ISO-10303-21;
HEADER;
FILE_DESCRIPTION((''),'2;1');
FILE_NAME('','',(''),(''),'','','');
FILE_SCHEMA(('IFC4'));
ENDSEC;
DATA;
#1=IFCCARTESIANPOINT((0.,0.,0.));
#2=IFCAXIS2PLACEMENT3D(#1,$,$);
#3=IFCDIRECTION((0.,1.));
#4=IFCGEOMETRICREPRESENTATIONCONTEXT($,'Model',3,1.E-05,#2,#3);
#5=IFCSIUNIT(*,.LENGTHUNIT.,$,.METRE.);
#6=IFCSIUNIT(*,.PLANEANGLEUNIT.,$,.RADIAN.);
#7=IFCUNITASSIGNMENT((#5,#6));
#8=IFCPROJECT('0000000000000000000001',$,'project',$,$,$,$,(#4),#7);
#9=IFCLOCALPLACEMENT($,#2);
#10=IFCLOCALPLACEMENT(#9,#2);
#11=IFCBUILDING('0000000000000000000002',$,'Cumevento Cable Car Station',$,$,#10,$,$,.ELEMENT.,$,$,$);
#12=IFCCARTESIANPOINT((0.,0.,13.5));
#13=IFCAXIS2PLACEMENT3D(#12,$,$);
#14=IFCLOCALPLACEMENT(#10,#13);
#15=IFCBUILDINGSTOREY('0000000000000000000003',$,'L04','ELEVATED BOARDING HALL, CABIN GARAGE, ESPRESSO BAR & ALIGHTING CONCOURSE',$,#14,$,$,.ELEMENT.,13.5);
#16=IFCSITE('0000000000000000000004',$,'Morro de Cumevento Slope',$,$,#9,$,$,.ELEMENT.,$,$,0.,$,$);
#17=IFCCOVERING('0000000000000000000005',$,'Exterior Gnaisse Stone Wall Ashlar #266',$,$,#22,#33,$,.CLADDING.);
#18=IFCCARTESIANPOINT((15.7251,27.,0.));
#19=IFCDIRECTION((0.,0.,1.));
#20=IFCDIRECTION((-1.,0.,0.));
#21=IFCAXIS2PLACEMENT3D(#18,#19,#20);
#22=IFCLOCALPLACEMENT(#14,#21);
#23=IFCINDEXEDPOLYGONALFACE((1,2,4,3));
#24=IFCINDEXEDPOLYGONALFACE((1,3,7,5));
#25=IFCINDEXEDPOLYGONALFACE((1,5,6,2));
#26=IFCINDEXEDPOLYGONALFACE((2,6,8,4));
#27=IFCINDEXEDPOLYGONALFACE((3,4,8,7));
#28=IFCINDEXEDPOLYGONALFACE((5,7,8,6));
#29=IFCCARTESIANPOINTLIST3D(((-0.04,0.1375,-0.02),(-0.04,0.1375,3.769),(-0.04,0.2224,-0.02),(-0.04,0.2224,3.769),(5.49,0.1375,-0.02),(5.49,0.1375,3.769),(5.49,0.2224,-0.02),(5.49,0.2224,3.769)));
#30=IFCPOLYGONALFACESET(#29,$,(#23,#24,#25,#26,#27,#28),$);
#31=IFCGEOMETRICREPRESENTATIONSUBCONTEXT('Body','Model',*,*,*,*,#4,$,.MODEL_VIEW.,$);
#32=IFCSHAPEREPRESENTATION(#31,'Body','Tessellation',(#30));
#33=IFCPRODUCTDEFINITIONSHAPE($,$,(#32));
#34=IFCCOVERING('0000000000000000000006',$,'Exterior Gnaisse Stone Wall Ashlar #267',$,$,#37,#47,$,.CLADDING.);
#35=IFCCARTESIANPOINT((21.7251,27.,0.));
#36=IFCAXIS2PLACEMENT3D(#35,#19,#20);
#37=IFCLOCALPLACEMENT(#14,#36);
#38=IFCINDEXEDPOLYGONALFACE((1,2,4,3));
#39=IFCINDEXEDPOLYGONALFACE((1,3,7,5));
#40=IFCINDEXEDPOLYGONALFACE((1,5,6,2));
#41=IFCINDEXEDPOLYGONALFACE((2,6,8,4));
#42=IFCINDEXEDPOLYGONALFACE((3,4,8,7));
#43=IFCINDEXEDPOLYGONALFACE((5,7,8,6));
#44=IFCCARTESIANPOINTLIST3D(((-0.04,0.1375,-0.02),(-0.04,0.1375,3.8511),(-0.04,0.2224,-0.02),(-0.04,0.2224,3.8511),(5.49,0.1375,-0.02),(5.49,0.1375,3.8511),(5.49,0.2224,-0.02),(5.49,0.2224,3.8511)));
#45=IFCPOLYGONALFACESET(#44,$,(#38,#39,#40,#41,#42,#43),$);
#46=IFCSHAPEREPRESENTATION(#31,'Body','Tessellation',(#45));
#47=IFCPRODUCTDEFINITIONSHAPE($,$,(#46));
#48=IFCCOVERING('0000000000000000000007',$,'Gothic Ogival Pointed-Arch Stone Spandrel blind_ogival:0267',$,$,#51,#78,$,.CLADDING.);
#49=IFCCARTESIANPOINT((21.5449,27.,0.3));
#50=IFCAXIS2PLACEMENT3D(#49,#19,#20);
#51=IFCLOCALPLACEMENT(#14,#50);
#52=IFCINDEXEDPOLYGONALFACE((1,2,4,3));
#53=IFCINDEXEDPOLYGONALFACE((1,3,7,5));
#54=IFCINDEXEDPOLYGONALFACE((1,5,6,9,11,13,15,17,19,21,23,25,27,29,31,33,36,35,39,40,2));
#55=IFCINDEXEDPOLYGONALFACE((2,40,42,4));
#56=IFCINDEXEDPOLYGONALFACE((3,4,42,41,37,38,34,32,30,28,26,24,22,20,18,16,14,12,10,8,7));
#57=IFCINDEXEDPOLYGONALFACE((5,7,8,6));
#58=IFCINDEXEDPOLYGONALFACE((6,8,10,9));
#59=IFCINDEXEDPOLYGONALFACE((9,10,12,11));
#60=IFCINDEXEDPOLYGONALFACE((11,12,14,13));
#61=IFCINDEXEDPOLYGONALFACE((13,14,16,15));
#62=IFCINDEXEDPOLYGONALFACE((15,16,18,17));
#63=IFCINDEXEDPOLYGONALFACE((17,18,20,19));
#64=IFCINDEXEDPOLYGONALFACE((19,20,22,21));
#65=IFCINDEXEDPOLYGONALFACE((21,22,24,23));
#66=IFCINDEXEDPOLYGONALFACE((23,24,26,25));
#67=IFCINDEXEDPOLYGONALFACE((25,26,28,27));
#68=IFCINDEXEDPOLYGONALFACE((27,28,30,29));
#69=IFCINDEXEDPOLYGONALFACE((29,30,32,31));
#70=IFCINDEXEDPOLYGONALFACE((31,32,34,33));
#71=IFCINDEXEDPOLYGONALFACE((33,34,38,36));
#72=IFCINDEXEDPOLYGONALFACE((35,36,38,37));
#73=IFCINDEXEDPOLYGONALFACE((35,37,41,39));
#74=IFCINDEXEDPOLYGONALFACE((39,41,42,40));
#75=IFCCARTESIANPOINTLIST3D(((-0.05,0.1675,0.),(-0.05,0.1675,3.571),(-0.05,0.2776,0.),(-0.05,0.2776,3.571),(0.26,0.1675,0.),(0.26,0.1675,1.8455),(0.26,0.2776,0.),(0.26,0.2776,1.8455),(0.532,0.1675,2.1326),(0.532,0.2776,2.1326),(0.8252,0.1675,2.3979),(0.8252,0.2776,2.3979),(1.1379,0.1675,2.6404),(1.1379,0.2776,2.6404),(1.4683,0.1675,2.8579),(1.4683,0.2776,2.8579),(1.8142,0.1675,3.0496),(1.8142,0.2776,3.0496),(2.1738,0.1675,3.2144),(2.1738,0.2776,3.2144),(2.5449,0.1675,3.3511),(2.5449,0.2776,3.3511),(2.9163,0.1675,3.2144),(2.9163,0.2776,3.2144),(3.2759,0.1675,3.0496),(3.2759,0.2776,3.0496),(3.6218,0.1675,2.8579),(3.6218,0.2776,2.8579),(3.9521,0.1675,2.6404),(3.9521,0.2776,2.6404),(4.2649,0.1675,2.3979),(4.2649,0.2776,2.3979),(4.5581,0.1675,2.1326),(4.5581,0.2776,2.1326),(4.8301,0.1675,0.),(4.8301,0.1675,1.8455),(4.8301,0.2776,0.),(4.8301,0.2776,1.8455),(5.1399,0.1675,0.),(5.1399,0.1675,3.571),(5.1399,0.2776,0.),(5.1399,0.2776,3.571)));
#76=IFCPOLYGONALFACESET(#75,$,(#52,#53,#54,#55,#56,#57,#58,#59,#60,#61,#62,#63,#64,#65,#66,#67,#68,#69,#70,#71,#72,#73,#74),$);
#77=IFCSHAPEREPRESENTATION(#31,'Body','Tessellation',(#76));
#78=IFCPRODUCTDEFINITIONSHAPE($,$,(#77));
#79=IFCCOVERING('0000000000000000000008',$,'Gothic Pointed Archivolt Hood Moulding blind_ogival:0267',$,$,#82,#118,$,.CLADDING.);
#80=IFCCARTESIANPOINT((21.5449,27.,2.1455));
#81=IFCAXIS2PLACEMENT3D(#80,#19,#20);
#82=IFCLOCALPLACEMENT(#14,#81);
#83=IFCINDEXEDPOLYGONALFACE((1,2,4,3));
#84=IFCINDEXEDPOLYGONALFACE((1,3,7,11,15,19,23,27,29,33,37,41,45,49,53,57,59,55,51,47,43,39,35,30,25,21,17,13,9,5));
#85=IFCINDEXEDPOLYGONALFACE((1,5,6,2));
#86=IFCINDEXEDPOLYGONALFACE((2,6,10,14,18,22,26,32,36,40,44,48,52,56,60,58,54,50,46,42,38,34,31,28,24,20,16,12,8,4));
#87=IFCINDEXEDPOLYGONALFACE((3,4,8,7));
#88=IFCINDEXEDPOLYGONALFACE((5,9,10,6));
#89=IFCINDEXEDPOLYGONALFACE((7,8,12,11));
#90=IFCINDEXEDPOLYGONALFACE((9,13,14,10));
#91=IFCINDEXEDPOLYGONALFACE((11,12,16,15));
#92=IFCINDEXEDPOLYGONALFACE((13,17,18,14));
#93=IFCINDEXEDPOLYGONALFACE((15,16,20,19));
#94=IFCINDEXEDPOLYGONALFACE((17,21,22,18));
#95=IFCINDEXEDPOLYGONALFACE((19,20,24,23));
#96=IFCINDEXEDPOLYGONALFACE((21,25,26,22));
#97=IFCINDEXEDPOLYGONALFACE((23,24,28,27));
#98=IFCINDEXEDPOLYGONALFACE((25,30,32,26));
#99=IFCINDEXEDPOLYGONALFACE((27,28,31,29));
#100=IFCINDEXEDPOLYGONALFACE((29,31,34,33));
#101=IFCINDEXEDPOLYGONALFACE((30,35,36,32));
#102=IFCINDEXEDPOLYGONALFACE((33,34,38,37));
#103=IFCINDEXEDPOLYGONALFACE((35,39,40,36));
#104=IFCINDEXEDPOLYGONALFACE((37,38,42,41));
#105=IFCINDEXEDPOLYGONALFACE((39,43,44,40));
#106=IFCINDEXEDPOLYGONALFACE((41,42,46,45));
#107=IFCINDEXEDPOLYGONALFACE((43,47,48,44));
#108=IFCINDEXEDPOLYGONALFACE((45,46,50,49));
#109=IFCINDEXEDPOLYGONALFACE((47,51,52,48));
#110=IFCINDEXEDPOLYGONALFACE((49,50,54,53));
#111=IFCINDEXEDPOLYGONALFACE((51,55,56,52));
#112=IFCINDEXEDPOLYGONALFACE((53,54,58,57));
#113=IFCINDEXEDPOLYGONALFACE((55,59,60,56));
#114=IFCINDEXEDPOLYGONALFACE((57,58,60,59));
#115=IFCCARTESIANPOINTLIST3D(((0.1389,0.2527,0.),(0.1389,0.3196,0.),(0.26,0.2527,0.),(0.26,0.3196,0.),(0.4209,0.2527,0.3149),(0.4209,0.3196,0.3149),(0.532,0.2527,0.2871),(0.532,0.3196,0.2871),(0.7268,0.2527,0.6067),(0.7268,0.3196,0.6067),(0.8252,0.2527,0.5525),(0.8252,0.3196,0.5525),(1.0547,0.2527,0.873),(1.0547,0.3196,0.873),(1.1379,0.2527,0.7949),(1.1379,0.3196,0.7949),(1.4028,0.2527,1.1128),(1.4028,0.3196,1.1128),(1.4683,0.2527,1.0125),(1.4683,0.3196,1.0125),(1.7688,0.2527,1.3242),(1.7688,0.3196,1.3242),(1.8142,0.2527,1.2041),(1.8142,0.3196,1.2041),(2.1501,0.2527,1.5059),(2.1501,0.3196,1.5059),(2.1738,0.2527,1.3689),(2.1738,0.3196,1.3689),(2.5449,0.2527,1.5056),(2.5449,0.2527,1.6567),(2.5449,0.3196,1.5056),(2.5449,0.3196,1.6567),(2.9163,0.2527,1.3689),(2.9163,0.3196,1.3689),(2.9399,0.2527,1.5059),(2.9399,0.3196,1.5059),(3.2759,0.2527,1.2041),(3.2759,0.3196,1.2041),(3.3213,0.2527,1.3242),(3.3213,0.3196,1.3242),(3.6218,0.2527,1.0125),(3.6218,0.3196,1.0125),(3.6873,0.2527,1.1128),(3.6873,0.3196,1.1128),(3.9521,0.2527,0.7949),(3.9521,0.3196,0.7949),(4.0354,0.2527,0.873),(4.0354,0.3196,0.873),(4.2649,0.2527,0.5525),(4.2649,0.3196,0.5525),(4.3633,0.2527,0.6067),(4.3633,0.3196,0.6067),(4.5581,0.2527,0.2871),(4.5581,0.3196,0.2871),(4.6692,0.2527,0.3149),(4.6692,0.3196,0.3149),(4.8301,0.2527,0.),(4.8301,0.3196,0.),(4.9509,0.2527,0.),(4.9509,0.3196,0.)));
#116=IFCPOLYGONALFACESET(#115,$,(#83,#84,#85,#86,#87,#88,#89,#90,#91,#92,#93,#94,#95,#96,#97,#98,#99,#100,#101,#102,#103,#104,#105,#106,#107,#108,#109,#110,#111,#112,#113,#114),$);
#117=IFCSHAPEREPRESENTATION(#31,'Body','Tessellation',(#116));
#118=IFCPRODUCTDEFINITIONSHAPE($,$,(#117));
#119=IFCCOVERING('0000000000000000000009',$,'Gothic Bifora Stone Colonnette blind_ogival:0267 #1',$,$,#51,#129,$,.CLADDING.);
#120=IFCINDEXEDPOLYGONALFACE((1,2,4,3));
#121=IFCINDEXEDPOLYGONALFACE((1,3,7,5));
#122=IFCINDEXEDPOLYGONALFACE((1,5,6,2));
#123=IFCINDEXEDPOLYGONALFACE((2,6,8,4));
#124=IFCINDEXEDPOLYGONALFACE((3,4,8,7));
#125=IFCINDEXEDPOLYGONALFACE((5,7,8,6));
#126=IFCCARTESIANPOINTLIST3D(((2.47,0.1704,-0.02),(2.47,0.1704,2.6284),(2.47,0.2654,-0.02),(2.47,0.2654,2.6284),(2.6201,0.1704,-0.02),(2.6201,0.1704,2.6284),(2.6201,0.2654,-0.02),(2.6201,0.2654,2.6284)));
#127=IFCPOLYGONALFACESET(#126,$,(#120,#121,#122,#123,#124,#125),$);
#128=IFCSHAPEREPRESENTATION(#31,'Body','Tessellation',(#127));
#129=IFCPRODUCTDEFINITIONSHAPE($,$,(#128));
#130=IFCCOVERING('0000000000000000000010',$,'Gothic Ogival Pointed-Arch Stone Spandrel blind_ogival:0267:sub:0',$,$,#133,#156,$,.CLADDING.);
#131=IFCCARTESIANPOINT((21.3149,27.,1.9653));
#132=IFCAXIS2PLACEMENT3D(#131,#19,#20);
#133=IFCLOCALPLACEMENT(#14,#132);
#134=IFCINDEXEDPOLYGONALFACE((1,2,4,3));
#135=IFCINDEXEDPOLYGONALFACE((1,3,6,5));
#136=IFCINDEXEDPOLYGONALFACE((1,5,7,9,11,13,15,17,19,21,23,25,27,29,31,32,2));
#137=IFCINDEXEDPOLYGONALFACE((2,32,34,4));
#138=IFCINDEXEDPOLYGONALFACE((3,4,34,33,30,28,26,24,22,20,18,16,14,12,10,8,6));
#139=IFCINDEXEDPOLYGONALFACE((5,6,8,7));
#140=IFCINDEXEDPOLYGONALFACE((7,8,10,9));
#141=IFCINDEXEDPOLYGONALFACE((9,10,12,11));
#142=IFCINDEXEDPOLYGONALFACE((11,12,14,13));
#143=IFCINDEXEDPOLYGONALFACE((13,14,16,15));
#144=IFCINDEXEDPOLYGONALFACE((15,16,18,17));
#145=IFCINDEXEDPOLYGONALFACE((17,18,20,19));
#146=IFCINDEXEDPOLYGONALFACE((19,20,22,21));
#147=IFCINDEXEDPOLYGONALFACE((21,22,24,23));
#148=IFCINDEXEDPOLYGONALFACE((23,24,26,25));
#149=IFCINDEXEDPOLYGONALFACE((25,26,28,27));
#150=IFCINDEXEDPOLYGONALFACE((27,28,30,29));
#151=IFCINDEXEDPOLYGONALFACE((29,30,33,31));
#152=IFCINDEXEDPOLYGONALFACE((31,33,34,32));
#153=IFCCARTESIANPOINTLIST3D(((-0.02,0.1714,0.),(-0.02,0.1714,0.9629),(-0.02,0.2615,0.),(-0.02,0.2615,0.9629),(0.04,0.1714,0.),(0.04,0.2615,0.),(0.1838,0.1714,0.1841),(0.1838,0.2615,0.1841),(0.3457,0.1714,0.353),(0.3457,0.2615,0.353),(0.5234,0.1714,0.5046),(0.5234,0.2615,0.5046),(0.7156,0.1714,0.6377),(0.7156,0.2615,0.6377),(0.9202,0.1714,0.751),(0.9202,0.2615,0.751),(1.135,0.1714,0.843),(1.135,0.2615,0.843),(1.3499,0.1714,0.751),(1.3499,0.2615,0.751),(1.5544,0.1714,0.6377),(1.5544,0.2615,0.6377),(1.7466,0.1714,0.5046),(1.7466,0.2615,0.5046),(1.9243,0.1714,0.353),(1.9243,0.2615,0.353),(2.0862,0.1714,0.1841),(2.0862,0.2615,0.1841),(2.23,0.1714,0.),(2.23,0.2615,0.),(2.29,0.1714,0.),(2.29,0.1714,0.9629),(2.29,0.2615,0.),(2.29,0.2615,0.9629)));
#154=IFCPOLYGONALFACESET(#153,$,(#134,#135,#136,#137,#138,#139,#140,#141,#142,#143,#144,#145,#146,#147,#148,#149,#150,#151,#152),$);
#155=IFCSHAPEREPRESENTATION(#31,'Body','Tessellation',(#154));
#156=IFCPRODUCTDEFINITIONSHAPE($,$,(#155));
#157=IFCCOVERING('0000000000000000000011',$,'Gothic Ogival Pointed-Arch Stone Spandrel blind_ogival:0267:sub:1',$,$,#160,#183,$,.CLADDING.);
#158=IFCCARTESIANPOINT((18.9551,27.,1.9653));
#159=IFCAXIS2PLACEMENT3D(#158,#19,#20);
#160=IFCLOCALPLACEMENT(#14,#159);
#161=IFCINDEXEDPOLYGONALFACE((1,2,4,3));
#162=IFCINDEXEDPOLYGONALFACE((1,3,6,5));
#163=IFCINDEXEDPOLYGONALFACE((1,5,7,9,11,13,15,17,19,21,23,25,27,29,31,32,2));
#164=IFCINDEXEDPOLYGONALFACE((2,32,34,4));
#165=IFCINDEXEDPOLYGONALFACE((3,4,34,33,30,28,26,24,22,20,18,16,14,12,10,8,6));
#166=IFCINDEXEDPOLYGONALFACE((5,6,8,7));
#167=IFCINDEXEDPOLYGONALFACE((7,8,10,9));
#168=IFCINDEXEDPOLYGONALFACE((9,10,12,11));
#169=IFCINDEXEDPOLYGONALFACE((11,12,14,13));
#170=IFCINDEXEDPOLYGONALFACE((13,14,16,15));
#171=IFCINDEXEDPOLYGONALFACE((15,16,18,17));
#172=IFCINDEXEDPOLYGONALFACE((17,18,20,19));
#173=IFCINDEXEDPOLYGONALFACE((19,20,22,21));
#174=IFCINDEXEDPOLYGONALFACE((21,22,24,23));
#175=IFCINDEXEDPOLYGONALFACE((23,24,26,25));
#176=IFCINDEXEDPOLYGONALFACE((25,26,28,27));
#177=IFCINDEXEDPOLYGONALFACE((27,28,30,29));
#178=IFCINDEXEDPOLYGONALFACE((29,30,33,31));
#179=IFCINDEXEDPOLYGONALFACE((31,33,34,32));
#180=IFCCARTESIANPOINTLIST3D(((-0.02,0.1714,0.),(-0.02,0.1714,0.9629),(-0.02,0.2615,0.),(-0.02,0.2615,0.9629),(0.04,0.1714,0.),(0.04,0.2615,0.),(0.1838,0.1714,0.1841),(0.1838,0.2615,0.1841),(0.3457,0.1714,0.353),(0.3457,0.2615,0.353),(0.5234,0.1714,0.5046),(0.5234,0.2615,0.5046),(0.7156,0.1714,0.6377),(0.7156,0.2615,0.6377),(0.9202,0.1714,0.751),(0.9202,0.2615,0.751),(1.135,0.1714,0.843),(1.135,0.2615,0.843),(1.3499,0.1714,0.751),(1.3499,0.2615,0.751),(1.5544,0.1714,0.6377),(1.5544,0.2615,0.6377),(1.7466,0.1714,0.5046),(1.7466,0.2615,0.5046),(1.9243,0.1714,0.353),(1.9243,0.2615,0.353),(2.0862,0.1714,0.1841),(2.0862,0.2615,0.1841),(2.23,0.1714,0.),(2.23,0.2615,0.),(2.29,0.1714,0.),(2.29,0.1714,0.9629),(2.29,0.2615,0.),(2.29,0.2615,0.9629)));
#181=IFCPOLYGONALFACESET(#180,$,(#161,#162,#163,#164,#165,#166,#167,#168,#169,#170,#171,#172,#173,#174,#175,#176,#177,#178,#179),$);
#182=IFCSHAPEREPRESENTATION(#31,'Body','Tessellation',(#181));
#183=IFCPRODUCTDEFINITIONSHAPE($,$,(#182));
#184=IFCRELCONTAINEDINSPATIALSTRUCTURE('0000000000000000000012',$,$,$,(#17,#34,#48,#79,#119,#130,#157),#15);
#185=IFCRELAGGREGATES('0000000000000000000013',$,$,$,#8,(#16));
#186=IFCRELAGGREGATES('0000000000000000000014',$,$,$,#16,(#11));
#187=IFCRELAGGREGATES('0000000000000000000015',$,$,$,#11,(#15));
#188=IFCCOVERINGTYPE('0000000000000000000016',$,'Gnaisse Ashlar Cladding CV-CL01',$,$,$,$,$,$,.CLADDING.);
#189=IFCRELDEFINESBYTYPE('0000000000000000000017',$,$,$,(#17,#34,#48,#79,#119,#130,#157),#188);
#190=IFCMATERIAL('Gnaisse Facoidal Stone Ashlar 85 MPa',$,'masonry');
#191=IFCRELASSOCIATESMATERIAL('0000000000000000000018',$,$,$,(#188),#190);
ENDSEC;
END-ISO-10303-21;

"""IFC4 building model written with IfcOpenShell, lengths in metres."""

from ifc_helpers import new_model, si_unit, direction, frame, origin, place, context, subcontext, project, spatial, polyline, outline, extrude, material, type_object, element, save


model = new_model("IFC4")

# Units and contexts
model_context = context("Model", 3, precision=1e-05, world=origin(), true_north=direction((0.0, 1.0)))
body_context = subcontext(model_context, "Body", "Model", "MODEL_VIEW")
ifc_project = project(units=[si_unit("LENGTHUNIT", "METRE"), si_unit("PLANEANGLEUNIT", "RADIAN")], contexts=[model_context])

# Site, building, storey
site_placement = place(None, origin())
site = spatial("IfcSite", under=ifc_project, at=site_placement, Name="Morro de Cumevento Slope", CompositionType="ELEMENT", RefElevation=0.0)
building_placement = place(site_placement, origin())
building = spatial("IfcBuilding", under=site, at=building_placement, Name="Cumevento Cable Car Station", CompositionType="ELEMENT")
storey_placement = place(building_placement, frame((0.0, 0.0, 13.5)))
storey = spatial("IfcBuildingStorey", under=building, at=storey_placement, Name="L04", Description="ELEVATED BOARDING HALL, CABIN GARAGE, ESPRESSO BAR & ALIGHTING CONCOURSE", CompositionType="ELEMENT", Elevation=13.5)

# Coverings
ifc_material_1 = material(Name="Gnaisse Facoidal Stone Ashlar 85 MPa", Category="masonry")
covering_type = type_object("IfcCoveringType", Name="Gnaisse Ashlar Cladding CV-CL01", PredefinedType="CLADDING", material=ifc_material_1)
covering_1_placement = place(storey_placement, frame((15.7251, 27.0, 0.0), z_axis=(0.0, 0.0, 1.0), x_axis=(-1.0, 0.0, 0.0)))
element("IfcCovering", 1, at=covering_1_placement, inside=storey, type_object=covering_type, Name="Exterior Gnaisse Stone Wall Ashlar #266", PredefinedType="CLADDING", context=body_context, shape_type="SweptSolid", body=[
    extrude(outline(polyline([(-0.04, -0.02), (5.49, -0.02), (5.49, 3.769), (-0.04, 3.769), (-0.04, -0.02)])), frame((0.0, 0.2224, 0.0), z_axis=(0.0, -1.0, 0.0), x_axis=(1.0, 0.0, 0.0)), (0.0, 0.0, 1.0), 0.085),
])
covering_2_placement = place(storey_placement, frame((21.7251, 27.0, 0.0), z_axis=(0.0, 0.0, 1.0), x_axis=(-1.0, 0.0, 0.0)))
element("IfcCovering", 2, at=covering_2_placement, inside=storey, type_object=covering_type, Name="Exterior Gnaisse Stone Wall Ashlar #267", PredefinedType="CLADDING", context=body_context, shape_type="SweptSolid", body=[
    extrude(outline(polyline([(-0.04, -0.02), (5.49, -0.02), (5.49, 3.8511), (-0.04, 3.8511), (-0.04, -0.02)])), frame((0.0, 0.2224, 0.0), z_axis=(0.0, -1.0, 0.0), x_axis=(1.0, 0.0, 0.0)), (0.0, 0.0, 1.0), 0.085),
])
placement_1 = place(storey_placement, frame((21.5449, 27.0, 0.3), z_axis=(0.0, 0.0, 1.0), x_axis=(-1.0, 0.0, 0.0)))
element("IfcCovering", 3, at=placement_1, inside=storey, type_object=covering_type, Name="Gothic Ogival Pointed-Arch Stone Spandrel blind_ogival:0267", PredefinedType="CLADDING", context=body_context, shape_type="SweptSolid", body=[
    extrude(outline(polyline([(-0.05, 0.0), (-0.05, 3.571), (5.1399, 3.571), (5.1399, 0.0), (4.8301, 0.0), (4.8301, 1.8455), (4.5581, 2.1326), (4.2649, 2.3979), (3.9521, 2.6404), (3.6218, 2.8579), (3.2759, 3.0496), (2.9163, 3.2144), (2.5449, 3.3511), (2.1738, 3.2144), (1.8142, 3.0496), (1.4683, 2.8579), (1.1379, 2.6404), (0.8252, 2.3979), (0.532, 2.1326), (0.26, 1.8455), (0.26, 0.0), (-0.05, 0.0)])), frame((0.0, 0.2776, 0.0), z_axis=(0.0, -1.0, 0.0), x_axis=(1.0, 0.0, 0.0)), (0.0, 0.0, 1.0), 0.1101),
])
covering_3_placement = place(storey_placement, frame((21.5449, 27.0, 2.1455), z_axis=(0.0, 0.0, 1.0), x_axis=(-1.0, 0.0, 0.0)))
element("IfcCovering", 4, at=covering_3_placement, inside=storey, type_object=covering_type, Name="Gothic Pointed Archivolt Hood Moulding blind_ogival:0267", PredefinedType="CLADDING", context=body_context, shape_type="SweptSolid", body=[
    extrude(outline(polyline([(0.26, 0.0), (0.532, 0.2871), (0.8252, 0.5525), (1.1379, 0.7949), (1.4683, 1.0125), (1.8142, 1.2041), (2.1738, 1.3689), (2.5449, 1.5056), (2.9163, 1.3689), (3.2759, 1.2041), (3.6218, 1.0125), (3.9521, 0.7949), (4.2649, 0.5525), (4.5581, 0.2871), (4.8301, 0.0), (4.9509, 0.0), (4.6692, 0.3149), (4.3633, 0.6067), (4.0354, 0.873), (3.6873, 1.1128), (3.3213, 1.3242), (2.9399, 1.5059), (2.5449, 1.6567), (2.1501, 1.5059), (1.7688, 1.3242), (1.4028, 1.1128), (1.0547, 0.873), (0.7268, 0.6067), (0.4209, 0.3149), (0.1389, 0.0), (0.26, 0.0)])), frame((0.0, 0.3196, 0.0), z_axis=(0.0, -1.0, 0.0), x_axis=(1.0, 0.0, 0.0)), (0.0, 0.0, 1.0), 0.0669),
])
element("IfcCovering", 5, at=placement_1, inside=storey, type_object=covering_type, Name="Gothic Bifora Stone Colonnette blind_ogival:0267 #1", PredefinedType="CLADDING", context=body_context, shape_type="SweptSolid", body=[
    extrude(outline(polyline([(2.47, -0.02), (2.6201, -0.02), (2.6201, 2.6284), (2.47, 2.6284), (2.47, -0.02)])), frame((0.0, 0.2654, 0.0), z_axis=(0.0, -1.0, 0.0), x_axis=(1.0, 0.0, 0.0)), (0.0, 0.0, 1.0), 0.095),
])
for number, where, z_axis, x_axis, name in (
    (6, (21.3149, 27.0, 1.9653), (0.0, 0.0, 1.0), (-1.0, 0.0, 0.0), "Gothic Ogival Pointed-Arch Stone Spandrel blind_ogival:0267:sub:0"),
    (7, (18.9551, 27.0, 1.9653), (0.0, 0.0, 1.0), (-1.0, 0.0, 0.0), "Gothic Ogival Pointed-Arch Stone Spandrel blind_ogival:0267:sub:1"),
):
    element("IfcCovering", number, at=place(storey_placement, frame(where, z_axis=z_axis, x_axis=x_axis)), inside=storey, type_object=covering_type, Name=name, PredefinedType="CLADDING", context=body_context, shape_type="SweptSolid", body=[
        extrude(outline(polyline([(-0.02, 0.0), (-0.02, 0.9629), (2.29, 0.9629), (2.29, 0.0), (2.23, 0.0), (2.0862, 0.1841), (1.9243, 0.353), (1.7466, 0.5046), (1.5544, 0.6377), (1.3499, 0.751), (1.135, 0.843), (0.9202, 0.751), (0.7156, 0.6377), (0.5234, 0.5046), (0.3457, 0.353), (0.1838, 0.1841), (0.04, 0.0), (-0.02, 0.0)])), frame((0.0, 0.2615, 0.0), z_axis=(0.0, -1.0, 0.0), x_axis=(1.0, 0.0, 0.0)), (0.0, 0.0, 1.0), 0.0901),
    ])

save(model, "model.ifc")
